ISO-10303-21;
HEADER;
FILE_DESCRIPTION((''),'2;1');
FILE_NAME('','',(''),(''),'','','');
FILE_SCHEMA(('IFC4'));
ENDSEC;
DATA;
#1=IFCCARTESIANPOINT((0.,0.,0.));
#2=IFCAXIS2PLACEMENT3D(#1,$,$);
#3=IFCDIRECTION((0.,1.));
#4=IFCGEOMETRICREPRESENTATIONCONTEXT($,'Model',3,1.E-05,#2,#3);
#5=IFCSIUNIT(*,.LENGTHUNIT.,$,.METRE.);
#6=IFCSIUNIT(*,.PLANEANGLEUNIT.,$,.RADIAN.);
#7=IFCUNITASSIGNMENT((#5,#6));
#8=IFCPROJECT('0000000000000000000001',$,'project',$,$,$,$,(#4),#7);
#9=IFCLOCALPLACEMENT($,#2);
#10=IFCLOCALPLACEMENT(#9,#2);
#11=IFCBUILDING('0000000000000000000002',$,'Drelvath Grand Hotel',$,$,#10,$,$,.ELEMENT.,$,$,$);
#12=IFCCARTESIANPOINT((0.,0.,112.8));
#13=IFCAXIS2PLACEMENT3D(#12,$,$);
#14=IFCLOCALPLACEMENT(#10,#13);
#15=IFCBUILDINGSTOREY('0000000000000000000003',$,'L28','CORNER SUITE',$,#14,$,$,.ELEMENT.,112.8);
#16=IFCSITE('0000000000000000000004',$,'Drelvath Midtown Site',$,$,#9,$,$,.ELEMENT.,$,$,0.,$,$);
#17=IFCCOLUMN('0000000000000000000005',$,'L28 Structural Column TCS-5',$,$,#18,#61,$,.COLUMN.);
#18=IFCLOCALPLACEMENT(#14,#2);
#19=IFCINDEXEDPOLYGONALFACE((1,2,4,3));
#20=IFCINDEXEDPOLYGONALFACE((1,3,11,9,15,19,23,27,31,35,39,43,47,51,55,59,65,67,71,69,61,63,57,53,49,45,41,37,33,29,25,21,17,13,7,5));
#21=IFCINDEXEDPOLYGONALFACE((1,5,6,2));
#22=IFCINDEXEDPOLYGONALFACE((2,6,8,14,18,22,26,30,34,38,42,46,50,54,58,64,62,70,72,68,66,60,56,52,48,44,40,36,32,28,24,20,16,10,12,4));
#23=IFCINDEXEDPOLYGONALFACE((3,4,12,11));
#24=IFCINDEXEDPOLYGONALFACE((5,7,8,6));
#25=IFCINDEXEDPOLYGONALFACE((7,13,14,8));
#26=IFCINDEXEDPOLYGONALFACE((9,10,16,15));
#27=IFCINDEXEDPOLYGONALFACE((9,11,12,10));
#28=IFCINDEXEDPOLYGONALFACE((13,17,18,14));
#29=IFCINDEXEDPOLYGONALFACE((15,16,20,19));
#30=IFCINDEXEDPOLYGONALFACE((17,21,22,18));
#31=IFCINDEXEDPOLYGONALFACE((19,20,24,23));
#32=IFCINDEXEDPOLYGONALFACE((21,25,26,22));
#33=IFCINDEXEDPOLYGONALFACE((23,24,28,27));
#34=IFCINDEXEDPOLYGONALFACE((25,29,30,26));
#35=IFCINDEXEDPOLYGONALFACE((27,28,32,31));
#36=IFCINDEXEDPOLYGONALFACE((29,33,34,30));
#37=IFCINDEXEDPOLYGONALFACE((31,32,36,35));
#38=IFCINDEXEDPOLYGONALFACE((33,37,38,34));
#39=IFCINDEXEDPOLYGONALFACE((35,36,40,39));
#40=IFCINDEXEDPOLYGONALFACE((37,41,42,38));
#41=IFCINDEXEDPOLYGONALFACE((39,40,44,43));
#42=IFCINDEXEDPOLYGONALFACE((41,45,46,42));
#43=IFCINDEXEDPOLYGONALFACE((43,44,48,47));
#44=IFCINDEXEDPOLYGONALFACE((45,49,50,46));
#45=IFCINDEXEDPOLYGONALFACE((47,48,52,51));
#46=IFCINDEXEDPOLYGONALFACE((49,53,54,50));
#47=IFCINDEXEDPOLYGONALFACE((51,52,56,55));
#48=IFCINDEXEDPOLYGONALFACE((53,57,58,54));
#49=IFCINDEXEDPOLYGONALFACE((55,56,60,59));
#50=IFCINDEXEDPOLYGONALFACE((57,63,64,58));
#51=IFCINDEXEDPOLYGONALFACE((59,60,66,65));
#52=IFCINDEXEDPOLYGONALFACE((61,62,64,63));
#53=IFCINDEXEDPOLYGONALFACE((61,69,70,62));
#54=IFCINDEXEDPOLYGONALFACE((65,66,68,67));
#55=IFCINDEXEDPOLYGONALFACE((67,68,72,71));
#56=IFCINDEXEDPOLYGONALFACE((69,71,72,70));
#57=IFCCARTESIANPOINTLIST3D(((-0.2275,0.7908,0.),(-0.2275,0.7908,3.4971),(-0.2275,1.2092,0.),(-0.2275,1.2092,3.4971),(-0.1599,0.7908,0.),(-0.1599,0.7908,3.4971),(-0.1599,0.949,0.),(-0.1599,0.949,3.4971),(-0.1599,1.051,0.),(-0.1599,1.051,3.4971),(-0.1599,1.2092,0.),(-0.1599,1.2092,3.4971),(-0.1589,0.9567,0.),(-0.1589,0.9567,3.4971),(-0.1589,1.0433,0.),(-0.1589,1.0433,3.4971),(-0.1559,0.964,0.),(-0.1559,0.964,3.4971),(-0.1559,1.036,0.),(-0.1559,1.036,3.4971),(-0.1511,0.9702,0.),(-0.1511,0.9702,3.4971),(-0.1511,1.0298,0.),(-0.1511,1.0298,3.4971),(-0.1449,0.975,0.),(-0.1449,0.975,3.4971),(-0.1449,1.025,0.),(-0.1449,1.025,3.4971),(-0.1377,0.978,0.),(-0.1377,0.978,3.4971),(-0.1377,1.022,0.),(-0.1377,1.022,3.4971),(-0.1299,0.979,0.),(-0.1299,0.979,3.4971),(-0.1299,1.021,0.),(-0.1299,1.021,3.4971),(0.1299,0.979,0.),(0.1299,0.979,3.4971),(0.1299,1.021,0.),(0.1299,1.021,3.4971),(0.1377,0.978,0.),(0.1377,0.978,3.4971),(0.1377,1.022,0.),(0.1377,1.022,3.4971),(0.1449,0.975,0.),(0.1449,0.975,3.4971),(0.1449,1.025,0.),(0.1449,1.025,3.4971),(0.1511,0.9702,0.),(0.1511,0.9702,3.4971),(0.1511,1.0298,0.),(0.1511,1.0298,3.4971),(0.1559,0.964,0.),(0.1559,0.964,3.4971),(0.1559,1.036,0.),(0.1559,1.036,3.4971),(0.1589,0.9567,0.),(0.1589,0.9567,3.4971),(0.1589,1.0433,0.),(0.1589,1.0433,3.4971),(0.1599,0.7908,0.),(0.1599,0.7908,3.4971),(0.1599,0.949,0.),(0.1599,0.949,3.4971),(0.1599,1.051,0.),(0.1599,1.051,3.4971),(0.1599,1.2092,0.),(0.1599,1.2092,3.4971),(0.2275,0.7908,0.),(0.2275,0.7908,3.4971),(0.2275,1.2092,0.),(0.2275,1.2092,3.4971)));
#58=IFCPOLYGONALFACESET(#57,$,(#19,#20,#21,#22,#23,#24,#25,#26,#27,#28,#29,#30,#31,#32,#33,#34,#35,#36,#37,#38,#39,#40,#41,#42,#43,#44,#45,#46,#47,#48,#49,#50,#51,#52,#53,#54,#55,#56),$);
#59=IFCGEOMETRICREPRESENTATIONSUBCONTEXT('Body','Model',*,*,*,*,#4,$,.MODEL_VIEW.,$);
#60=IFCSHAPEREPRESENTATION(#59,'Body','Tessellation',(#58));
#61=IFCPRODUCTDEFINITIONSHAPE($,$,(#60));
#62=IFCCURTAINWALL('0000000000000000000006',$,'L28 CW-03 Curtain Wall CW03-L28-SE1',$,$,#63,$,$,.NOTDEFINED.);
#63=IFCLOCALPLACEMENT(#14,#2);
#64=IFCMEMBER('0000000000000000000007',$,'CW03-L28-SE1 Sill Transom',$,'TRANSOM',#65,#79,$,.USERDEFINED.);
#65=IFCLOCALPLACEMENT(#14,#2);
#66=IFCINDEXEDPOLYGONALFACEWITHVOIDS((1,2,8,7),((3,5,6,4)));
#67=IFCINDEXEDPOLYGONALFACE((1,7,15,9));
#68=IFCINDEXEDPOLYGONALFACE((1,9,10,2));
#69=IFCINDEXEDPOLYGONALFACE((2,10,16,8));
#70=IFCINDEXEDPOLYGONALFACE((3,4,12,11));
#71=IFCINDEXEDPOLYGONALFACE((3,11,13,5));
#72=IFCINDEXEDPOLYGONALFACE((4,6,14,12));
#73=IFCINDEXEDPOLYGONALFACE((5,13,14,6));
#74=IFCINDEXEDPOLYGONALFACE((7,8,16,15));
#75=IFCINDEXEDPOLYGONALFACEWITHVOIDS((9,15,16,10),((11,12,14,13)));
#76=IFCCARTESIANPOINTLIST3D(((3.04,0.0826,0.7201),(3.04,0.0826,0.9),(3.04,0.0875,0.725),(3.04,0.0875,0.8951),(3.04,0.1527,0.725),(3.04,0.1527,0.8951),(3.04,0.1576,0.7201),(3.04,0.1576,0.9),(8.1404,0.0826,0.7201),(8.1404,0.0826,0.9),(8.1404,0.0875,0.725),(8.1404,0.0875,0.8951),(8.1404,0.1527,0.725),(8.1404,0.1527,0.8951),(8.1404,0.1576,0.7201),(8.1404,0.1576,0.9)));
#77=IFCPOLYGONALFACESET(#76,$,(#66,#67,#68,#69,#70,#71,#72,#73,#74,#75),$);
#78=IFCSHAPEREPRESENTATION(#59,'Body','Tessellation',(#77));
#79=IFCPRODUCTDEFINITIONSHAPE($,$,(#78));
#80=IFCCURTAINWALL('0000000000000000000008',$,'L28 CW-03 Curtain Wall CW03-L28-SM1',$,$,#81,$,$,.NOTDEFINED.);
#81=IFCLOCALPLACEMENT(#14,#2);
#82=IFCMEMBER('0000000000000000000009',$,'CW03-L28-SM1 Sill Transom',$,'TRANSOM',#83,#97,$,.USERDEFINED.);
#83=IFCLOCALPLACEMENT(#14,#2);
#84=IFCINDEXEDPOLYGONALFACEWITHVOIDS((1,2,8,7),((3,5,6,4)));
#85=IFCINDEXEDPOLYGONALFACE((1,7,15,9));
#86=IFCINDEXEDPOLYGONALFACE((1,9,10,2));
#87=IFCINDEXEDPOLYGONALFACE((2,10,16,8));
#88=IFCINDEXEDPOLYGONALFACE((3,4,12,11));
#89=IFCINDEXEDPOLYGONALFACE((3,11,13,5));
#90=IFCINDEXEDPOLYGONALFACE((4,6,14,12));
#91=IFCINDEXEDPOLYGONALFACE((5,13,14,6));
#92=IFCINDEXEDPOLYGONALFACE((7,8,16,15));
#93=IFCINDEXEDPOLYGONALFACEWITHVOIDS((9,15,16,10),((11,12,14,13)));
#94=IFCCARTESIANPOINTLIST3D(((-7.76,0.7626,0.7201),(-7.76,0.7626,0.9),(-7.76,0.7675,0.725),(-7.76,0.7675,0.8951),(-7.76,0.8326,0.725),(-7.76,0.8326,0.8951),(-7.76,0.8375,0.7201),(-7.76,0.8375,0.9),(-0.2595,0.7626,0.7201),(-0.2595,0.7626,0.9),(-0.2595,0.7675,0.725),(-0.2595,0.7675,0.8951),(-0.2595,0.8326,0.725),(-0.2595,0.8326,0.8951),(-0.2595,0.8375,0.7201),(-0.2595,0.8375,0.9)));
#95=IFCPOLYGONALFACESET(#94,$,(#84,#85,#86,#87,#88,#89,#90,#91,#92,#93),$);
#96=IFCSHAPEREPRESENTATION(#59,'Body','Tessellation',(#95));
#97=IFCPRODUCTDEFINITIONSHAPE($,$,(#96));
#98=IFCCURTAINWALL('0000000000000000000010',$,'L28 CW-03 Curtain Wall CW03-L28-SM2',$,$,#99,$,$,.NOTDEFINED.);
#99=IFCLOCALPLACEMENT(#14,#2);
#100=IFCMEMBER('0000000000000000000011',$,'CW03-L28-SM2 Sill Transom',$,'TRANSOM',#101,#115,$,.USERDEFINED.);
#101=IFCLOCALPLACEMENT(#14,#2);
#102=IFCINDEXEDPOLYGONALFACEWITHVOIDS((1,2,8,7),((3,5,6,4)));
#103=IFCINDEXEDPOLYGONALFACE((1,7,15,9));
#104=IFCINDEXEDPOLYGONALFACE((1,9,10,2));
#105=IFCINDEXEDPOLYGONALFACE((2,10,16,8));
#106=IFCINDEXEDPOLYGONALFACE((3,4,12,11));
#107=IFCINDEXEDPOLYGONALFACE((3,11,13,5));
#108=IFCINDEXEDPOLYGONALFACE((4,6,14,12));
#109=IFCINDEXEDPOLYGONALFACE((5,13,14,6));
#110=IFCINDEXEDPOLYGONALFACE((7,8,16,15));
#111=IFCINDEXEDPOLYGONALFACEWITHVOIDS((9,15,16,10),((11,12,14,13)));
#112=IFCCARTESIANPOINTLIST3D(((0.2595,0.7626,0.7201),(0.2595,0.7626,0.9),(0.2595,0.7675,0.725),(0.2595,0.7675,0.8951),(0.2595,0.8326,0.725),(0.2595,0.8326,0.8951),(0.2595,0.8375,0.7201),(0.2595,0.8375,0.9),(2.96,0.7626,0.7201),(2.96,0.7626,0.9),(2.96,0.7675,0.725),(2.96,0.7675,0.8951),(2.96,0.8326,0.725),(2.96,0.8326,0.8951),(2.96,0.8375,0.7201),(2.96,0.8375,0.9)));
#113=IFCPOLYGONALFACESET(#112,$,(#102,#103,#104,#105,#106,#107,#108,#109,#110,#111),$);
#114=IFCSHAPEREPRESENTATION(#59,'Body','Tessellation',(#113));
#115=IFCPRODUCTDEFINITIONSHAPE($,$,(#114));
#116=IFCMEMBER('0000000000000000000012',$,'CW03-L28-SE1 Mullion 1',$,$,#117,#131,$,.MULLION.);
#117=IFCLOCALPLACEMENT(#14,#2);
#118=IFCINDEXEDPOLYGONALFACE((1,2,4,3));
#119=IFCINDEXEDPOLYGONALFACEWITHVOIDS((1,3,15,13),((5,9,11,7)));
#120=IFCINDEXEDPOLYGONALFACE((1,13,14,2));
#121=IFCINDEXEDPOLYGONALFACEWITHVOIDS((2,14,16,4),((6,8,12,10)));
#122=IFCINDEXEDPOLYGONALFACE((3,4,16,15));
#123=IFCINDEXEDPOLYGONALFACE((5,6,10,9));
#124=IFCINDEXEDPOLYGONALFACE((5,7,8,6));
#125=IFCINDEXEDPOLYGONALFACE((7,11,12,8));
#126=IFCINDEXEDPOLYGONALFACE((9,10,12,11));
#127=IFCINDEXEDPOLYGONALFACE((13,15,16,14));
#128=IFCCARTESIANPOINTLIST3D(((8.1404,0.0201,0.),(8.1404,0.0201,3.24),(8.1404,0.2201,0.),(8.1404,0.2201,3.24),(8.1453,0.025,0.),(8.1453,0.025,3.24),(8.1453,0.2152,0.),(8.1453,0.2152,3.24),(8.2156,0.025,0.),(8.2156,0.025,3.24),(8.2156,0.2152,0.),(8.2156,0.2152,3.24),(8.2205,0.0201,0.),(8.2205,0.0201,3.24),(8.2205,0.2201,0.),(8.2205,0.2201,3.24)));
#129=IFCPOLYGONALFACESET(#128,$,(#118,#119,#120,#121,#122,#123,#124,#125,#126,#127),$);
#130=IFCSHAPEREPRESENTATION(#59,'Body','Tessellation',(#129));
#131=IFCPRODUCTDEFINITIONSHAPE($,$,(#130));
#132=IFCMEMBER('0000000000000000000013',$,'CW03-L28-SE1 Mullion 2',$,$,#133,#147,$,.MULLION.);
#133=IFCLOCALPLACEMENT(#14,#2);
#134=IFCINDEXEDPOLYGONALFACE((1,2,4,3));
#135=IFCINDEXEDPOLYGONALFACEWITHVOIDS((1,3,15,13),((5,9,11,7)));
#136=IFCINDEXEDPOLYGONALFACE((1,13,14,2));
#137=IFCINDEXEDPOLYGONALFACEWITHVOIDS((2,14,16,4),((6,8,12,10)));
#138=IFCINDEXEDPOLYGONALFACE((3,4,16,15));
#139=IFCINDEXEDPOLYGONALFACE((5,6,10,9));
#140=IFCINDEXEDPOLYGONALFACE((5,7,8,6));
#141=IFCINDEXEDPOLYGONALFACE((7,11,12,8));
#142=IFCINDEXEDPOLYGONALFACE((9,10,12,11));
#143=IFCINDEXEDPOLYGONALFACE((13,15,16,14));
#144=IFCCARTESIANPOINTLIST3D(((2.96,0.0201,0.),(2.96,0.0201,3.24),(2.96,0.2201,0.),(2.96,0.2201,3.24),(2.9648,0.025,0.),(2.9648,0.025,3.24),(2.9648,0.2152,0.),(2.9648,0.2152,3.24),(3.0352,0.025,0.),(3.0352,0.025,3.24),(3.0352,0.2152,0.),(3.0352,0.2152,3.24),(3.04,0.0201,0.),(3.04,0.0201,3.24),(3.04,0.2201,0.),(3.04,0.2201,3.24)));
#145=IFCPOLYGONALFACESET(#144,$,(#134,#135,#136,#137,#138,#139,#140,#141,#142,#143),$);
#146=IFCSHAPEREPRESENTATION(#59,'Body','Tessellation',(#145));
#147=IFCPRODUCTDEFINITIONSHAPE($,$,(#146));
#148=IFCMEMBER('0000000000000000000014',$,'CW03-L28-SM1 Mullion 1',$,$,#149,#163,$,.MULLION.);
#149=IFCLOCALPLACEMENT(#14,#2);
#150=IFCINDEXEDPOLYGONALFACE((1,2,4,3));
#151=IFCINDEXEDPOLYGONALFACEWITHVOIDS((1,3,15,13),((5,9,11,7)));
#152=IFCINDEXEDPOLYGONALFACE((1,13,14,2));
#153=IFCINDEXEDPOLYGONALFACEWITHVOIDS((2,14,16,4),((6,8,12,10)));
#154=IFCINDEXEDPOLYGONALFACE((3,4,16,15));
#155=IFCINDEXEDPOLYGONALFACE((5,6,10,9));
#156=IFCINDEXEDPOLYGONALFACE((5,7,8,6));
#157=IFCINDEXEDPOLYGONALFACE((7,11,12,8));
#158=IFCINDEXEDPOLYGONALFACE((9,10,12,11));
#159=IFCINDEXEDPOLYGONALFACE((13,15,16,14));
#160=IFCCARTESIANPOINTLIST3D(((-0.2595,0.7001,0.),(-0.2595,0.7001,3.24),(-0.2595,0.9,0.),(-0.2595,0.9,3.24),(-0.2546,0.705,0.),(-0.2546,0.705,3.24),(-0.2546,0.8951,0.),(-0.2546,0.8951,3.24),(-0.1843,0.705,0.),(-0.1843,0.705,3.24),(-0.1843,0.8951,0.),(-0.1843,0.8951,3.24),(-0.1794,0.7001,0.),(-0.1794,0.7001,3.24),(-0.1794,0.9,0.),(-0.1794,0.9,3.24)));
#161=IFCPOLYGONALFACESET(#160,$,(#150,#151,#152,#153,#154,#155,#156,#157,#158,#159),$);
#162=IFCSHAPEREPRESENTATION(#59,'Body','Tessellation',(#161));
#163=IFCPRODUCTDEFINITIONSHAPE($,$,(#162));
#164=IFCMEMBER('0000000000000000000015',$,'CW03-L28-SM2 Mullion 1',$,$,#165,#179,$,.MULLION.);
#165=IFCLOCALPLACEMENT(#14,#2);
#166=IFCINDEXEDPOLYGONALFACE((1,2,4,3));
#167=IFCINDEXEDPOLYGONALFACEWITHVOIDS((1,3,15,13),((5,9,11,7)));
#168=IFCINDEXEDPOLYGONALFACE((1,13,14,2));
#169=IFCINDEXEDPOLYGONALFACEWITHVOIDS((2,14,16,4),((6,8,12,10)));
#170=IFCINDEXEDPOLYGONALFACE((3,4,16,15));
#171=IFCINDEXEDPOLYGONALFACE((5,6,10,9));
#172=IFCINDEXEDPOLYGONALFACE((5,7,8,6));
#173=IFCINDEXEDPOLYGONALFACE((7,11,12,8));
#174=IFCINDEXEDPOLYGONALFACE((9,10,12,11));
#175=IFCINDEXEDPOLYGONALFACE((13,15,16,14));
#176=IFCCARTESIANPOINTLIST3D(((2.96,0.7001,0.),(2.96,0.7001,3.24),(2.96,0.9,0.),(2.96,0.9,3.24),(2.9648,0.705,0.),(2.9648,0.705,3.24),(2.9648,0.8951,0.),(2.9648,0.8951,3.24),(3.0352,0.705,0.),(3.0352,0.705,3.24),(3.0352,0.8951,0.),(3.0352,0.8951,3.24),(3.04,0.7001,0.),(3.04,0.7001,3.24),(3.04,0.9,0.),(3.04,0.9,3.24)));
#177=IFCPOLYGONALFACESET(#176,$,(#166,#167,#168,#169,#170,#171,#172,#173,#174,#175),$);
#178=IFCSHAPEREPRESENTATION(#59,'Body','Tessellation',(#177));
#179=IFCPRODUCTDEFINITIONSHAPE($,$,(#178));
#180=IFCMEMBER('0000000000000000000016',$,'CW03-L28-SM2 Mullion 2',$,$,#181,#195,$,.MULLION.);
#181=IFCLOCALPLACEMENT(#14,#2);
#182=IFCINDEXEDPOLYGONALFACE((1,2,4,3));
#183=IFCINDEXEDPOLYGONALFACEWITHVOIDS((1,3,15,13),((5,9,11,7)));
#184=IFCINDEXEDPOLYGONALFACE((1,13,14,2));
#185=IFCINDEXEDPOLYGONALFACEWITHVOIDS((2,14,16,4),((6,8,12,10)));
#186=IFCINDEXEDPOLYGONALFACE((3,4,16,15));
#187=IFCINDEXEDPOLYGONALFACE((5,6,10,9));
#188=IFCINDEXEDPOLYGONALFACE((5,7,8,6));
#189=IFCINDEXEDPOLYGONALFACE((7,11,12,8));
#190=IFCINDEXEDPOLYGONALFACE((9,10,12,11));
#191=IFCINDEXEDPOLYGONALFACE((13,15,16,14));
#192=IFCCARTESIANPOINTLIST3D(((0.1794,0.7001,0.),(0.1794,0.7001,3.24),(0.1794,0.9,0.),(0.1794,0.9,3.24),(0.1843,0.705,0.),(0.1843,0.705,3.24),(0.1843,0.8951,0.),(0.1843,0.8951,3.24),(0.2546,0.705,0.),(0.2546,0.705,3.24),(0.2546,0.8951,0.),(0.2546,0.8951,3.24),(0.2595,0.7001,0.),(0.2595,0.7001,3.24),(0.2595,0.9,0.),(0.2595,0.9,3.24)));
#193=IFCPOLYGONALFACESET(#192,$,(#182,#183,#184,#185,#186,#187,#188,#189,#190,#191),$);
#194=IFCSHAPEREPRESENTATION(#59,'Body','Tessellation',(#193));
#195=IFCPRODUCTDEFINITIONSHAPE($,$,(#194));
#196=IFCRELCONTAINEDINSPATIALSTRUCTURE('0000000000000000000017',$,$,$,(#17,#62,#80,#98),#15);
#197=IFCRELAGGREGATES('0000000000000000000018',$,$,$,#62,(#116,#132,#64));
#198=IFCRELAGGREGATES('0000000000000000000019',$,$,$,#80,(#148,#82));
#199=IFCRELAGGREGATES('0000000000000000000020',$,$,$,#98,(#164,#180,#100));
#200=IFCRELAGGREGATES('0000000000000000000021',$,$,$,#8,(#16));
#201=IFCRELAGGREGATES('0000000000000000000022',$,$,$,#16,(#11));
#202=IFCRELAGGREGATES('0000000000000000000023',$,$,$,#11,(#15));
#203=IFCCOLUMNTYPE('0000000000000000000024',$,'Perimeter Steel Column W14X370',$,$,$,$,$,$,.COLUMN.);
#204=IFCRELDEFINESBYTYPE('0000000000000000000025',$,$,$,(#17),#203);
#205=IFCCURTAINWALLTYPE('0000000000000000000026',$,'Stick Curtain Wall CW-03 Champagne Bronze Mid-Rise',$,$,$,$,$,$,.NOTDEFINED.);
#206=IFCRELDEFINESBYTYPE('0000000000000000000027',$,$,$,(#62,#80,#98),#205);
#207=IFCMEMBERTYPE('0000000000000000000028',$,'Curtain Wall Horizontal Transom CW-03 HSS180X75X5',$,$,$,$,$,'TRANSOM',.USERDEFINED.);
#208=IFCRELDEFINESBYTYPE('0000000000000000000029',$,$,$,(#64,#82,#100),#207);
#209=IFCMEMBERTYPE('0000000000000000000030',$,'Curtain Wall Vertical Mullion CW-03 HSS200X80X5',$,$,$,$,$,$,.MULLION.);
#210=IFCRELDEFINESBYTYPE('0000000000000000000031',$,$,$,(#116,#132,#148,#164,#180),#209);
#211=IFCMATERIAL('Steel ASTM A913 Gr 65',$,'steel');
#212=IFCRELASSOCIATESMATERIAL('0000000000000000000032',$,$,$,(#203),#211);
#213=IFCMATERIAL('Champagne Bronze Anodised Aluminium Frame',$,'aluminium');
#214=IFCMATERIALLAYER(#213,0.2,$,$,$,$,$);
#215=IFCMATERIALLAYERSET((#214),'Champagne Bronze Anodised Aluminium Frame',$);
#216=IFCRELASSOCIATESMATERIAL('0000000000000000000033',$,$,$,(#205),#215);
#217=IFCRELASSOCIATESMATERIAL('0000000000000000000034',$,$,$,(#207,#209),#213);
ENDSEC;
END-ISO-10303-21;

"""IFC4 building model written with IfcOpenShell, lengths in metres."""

from ifc_helpers import new_model, si_unit, direction, frame, origin, origin_2d, place, context, subcontext, project, spatial, hollow_rectangle, i_section, extrude, material, layer, layer_set, material_profile, profile_set, type_object, element, aggregate, save


model = new_model("IFC4")

# Units and contexts
model_context = context("Model", 3, precision=1e-05, world=origin(), true_north=direction((0.0, 1.0)))
body_context = subcontext(model_context, "Body", "Model", "MODEL_VIEW")
ifc_project = project(units=[si_unit("LENGTHUNIT", "METRE"), si_unit("PLANEANGLEUNIT", "RADIAN")], contexts=[model_context])

# Site, building, storey
site_placement = place(None, origin())
site = spatial("IfcSite", under=ifc_project, at=site_placement, Name="Drelvath Midtown Site", CompositionType="ELEMENT", RefElevation=0.0)
building_placement = place(site_placement, origin())
building = spatial("IfcBuilding", under=site, at=building_placement, Name="Drelvath Grand Hotel", CompositionType="ELEMENT")
storey_placement = place(building_placement, frame((0.0, 0.0, 112.8)))
storey = spatial("IfcBuildingStorey", under=building, at=storey_placement, Name="L28", Description="CORNER SUITE", CompositionType="ELEMENT", Elevation=112.8)

# Column
ifc_material_1 = material(Name="Steel ASTM A913 Gr 65", Category="steel")
ifc_material_profile_1 = material_profile(ifc_material_1, i_section(OverallWidth=0.4185, OverallDepth=0.4551, WebThickness=0.042, FlangeThickness=0.0676, FilletRadius=0.03, at=origin_2d()), Name="W14X370")
ifc_profile_set_1 = profile_set([ifc_material_profile_1], Name="Steel ASTM A913 Gr 65")
column_type = type_object("IfcColumnType", Name="Perimeter Steel Column W14X370", PredefinedType="COLUMN", material=ifc_profile_set_1)
column_placement = place(storey_placement, frame((0.0, 1.0, 0.0), z_axis=(0.0, 0.0, 1.0), x_axis=(0.0, 1.0, 0.0)))
element("IfcColumn", 1, at=column_placement, inside=storey, type_object=column_type, Name="L28 Structural Column TCS-5", PredefinedType="COLUMN", context=body_context, shape_type="SweptSolid", body=[
    extrude(i_section(OverallWidth=0.4185, OverallDepth=0.4551, WebThickness=0.042, FlangeThickness=0.0676, FilletRadius=0.03, at=origin_2d()), origin(), (0.0, 0.0, 1.0), 3.4971),
])

# Curtain walls, members
ifc_material_2 = material(Name="Champagne Bronze Anodised Aluminium Frame", Category="aluminium")
ifc_layer_1 = layer(ifc_material_2, 0.2)
ifc_layer_set_1 = layer_set([ifc_layer_1], Name="Champagne Bronze Anodised Aluminium Frame")
curtain_wall_type = type_object("IfcCurtainWallType", Name="Stick Curtain Wall CW-03 Champagne Bronze Mid-Rise", PredefinedType="NOTDEFINED", material=ifc_layer_set_1)
curtain_wall_1_placement = place(storey_placement, origin())
curtain_wall_1 = element("IfcCurtainWall", 2, at=curtain_wall_1_placement, inside=storey, type_object=curtain_wall_type, Name="L28 CW-03 Curtain Wall CW03-L28-SE1", PredefinedType="NOTDEFINED")
ifc_material_profile_2 = material_profile(ifc_material_2, hollow_rectangle(XDim=0.075, YDim=0.1799, WallThickness=0.0049, at=origin_2d()), Name="HSS180X75X5")
ifc_profile_set_2 = profile_set([ifc_material_profile_2], Name="Champagne Bronze Anodised Aluminium Frame")
member_type_1 = type_object("IfcMemberType", Name="Curtain Wall Horizontal Transom CW-03 HSS180X75X5", ElementType="TRANSOM", PredefinedType="USERDEFINED", material=ifc_profile_set_2)
member_1_placement = place(storey_placement, frame((8.1404, 0.1201, 0.8101), z_axis=(-1.0, 0.0, 0.0), x_axis=(0.0, -1.0, 0.0)))
member_1 = element("IfcMember", 3, at=member_1_placement, type_object=member_type_1, Name="CW03-L28-SE1 Sill Transom", ObjectType="TRANSOM", PredefinedType="USERDEFINED", context=body_context, shape_type="SweptSolid", body=[
    extrude(hollow_rectangle(XDim=0.075, YDim=0.1799, WallThickness=0.0049, at=origin_2d()), origin(), (0.0, 0.0, 1.0), 5.1003),
])
curtain_wall_2_placement = place(storey_placement, origin())
curtain_wall_2 = element("IfcCurtainWall", 4, at=curtain_wall_2_placement, inside=storey, type_object=curtain_wall_type, Name="L28 CW-03 Curtain Wall CW03-L28-SM1", PredefinedType="NOTDEFINED")
member_2_placement = place(storey_placement, frame((-0.2595, 0.8, 0.8101), z_axis=(-1.0, 0.0, 0.0), x_axis=(0.0, -1.0, 0.0)))
member_2 = element("IfcMember", 5, at=member_2_placement, type_object=member_type_1, Name="CW03-L28-SM1 Sill Transom", ObjectType="TRANSOM", PredefinedType="USERDEFINED", context=body_context, shape_type="SweptSolid", body=[
    extrude(hollow_rectangle(XDim=0.075, YDim=0.1799, WallThickness=0.0049, at=origin_2d()), origin(), (0.0, 0.0, 1.0), 7.5005),
])
curtain_wall_3_placement = place(storey_placement, origin())
curtain_wall_3 = element("IfcCurtainWall", 6, at=curtain_wall_3_placement, inside=storey, type_object=curtain_wall_type, Name="L28 CW-03 Curtain Wall CW03-L28-SM2", PredefinedType="NOTDEFINED")
member_3_placement = place(storey_placement, frame((2.96, 0.8, 0.8101), z_axis=(-1.0, 0.0, 0.0), x_axis=(0.0, -1.0, 0.0)))
member_3 = element("IfcMember", 7, at=member_3_placement, type_object=member_type_1, Name="CW03-L28-SM2 Sill Transom", ObjectType="TRANSOM", PredefinedType="USERDEFINED", context=body_context, shape_type="SweptSolid", body=[
    extrude(hollow_rectangle(XDim=0.075, YDim=0.1799, WallThickness=0.0049, at=origin_2d()), origin(), (0.0, 0.0, 1.0), 2.7004),
])

# Members
ifc_material_profile_3 = material_profile(ifc_material_2, hollow_rectangle(XDim=0.0801, YDim=0.2, WallThickness=0.0049, at=origin_2d()), Name="HSS200X80X5")
ifc_profile_set_3 = profile_set([ifc_material_profile_3], Name="Champagne Bronze Anodised Aluminium Frame")
member_type_2 = type_object("IfcMemberType", Name="Curtain Wall Vertical Mullion CW-03 HSS200X80X5", PredefinedType="MULLION", material=ifc_profile_set_3)
member_4_placement = place(storey_placement, frame((8.1804, 0.1201, 0.0), z_axis=(0.0, 0.0, 1.0), x_axis=(1.0, 0.0, 0.0)))
member_4 = element("IfcMember", 8, at=member_4_placement, type_object=member_type_2, Name="CW03-L28-SE1 Mullion 1", PredefinedType="MULLION", context=body_context, shape_type="SweptSolid", body=[
    extrude(hollow_rectangle(XDim=0.0801, YDim=0.2, WallThickness=0.0049, at=origin_2d()), origin(), (0.0, 0.0, 1.0), 3.24),
])
member_5_placement = place(storey_placement, frame((3.0, 0.1201, 0.0), z_axis=(0.0, 0.0, 1.0), x_axis=(1.0, 0.0, 0.0)))
member_5 = element("IfcMember", 9, at=member_5_placement, type_object=member_type_2, Name="CW03-L28-SE1 Mullion 2", PredefinedType="MULLION", context=body_context, shape_type="SweptSolid", body=[
    extrude(hollow_rectangle(XDim=0.0801, YDim=0.2, WallThickness=0.0049, at=origin_2d()), origin(), (0.0, 0.0, 1.0), 3.24),
])
member_6_placement = place(storey_placement, frame((-0.2195, 0.8, 0.0), z_axis=(0.0, 0.0, 1.0), x_axis=(1.0, 0.0, 0.0)))
member_6 = element("IfcMember", 10, at=member_6_placement, type_object=member_type_2, Name="CW03-L28-SM1 Mullion 1", PredefinedType="MULLION", context=body_context, shape_type="SweptSolid", body=[
    extrude(hollow_rectangle(XDim=0.0801, YDim=0.2, WallThickness=0.0049, at=origin_2d()), origin(), (0.0, 0.0, 1.0), 3.24),
])
member_7_placement = place(storey_placement, frame((3.0, 0.8, 0.0), z_axis=(0.0, 0.0, 1.0), x_axis=(1.0, 0.0, 0.0)))
member_7 = element("IfcMember", 11, at=member_7_placement, type_object=member_type_2, Name="CW03-L28-SM2 Mullion 1", PredefinedType="MULLION", context=body_context, shape_type="SweptSolid", body=[
    extrude(hollow_rectangle(XDim=0.0801, YDim=0.2, WallThickness=0.0049, at=origin_2d()), origin(), (0.0, 0.0, 1.0), 3.24),
])
member_8_placement = place(storey_placement, frame((0.2195, 0.8, 0.0), z_axis=(0.0, 0.0, 1.0), x_axis=(1.0, 0.0, 0.0)))
member_8 = element("IfcMember", 12, at=member_8_placement, type_object=member_type_2, Name="CW03-L28-SM2 Mullion 2", PredefinedType="MULLION", context=body_context, shape_type="SweptSolid", body=[
    extrude(hollow_rectangle(XDim=0.0801, YDim=0.2, WallThickness=0.0049, at=origin_2d()), origin(), (0.0, 0.0, 1.0), 3.24),
])

aggregate(curtain_wall_1, [member_4, member_5, member_1])
aggregate(curtain_wall_2, [member_6, member_2])
aggregate(curtain_wall_3, [member_7, member_8, member_3])

save(model, "model.ifc")
